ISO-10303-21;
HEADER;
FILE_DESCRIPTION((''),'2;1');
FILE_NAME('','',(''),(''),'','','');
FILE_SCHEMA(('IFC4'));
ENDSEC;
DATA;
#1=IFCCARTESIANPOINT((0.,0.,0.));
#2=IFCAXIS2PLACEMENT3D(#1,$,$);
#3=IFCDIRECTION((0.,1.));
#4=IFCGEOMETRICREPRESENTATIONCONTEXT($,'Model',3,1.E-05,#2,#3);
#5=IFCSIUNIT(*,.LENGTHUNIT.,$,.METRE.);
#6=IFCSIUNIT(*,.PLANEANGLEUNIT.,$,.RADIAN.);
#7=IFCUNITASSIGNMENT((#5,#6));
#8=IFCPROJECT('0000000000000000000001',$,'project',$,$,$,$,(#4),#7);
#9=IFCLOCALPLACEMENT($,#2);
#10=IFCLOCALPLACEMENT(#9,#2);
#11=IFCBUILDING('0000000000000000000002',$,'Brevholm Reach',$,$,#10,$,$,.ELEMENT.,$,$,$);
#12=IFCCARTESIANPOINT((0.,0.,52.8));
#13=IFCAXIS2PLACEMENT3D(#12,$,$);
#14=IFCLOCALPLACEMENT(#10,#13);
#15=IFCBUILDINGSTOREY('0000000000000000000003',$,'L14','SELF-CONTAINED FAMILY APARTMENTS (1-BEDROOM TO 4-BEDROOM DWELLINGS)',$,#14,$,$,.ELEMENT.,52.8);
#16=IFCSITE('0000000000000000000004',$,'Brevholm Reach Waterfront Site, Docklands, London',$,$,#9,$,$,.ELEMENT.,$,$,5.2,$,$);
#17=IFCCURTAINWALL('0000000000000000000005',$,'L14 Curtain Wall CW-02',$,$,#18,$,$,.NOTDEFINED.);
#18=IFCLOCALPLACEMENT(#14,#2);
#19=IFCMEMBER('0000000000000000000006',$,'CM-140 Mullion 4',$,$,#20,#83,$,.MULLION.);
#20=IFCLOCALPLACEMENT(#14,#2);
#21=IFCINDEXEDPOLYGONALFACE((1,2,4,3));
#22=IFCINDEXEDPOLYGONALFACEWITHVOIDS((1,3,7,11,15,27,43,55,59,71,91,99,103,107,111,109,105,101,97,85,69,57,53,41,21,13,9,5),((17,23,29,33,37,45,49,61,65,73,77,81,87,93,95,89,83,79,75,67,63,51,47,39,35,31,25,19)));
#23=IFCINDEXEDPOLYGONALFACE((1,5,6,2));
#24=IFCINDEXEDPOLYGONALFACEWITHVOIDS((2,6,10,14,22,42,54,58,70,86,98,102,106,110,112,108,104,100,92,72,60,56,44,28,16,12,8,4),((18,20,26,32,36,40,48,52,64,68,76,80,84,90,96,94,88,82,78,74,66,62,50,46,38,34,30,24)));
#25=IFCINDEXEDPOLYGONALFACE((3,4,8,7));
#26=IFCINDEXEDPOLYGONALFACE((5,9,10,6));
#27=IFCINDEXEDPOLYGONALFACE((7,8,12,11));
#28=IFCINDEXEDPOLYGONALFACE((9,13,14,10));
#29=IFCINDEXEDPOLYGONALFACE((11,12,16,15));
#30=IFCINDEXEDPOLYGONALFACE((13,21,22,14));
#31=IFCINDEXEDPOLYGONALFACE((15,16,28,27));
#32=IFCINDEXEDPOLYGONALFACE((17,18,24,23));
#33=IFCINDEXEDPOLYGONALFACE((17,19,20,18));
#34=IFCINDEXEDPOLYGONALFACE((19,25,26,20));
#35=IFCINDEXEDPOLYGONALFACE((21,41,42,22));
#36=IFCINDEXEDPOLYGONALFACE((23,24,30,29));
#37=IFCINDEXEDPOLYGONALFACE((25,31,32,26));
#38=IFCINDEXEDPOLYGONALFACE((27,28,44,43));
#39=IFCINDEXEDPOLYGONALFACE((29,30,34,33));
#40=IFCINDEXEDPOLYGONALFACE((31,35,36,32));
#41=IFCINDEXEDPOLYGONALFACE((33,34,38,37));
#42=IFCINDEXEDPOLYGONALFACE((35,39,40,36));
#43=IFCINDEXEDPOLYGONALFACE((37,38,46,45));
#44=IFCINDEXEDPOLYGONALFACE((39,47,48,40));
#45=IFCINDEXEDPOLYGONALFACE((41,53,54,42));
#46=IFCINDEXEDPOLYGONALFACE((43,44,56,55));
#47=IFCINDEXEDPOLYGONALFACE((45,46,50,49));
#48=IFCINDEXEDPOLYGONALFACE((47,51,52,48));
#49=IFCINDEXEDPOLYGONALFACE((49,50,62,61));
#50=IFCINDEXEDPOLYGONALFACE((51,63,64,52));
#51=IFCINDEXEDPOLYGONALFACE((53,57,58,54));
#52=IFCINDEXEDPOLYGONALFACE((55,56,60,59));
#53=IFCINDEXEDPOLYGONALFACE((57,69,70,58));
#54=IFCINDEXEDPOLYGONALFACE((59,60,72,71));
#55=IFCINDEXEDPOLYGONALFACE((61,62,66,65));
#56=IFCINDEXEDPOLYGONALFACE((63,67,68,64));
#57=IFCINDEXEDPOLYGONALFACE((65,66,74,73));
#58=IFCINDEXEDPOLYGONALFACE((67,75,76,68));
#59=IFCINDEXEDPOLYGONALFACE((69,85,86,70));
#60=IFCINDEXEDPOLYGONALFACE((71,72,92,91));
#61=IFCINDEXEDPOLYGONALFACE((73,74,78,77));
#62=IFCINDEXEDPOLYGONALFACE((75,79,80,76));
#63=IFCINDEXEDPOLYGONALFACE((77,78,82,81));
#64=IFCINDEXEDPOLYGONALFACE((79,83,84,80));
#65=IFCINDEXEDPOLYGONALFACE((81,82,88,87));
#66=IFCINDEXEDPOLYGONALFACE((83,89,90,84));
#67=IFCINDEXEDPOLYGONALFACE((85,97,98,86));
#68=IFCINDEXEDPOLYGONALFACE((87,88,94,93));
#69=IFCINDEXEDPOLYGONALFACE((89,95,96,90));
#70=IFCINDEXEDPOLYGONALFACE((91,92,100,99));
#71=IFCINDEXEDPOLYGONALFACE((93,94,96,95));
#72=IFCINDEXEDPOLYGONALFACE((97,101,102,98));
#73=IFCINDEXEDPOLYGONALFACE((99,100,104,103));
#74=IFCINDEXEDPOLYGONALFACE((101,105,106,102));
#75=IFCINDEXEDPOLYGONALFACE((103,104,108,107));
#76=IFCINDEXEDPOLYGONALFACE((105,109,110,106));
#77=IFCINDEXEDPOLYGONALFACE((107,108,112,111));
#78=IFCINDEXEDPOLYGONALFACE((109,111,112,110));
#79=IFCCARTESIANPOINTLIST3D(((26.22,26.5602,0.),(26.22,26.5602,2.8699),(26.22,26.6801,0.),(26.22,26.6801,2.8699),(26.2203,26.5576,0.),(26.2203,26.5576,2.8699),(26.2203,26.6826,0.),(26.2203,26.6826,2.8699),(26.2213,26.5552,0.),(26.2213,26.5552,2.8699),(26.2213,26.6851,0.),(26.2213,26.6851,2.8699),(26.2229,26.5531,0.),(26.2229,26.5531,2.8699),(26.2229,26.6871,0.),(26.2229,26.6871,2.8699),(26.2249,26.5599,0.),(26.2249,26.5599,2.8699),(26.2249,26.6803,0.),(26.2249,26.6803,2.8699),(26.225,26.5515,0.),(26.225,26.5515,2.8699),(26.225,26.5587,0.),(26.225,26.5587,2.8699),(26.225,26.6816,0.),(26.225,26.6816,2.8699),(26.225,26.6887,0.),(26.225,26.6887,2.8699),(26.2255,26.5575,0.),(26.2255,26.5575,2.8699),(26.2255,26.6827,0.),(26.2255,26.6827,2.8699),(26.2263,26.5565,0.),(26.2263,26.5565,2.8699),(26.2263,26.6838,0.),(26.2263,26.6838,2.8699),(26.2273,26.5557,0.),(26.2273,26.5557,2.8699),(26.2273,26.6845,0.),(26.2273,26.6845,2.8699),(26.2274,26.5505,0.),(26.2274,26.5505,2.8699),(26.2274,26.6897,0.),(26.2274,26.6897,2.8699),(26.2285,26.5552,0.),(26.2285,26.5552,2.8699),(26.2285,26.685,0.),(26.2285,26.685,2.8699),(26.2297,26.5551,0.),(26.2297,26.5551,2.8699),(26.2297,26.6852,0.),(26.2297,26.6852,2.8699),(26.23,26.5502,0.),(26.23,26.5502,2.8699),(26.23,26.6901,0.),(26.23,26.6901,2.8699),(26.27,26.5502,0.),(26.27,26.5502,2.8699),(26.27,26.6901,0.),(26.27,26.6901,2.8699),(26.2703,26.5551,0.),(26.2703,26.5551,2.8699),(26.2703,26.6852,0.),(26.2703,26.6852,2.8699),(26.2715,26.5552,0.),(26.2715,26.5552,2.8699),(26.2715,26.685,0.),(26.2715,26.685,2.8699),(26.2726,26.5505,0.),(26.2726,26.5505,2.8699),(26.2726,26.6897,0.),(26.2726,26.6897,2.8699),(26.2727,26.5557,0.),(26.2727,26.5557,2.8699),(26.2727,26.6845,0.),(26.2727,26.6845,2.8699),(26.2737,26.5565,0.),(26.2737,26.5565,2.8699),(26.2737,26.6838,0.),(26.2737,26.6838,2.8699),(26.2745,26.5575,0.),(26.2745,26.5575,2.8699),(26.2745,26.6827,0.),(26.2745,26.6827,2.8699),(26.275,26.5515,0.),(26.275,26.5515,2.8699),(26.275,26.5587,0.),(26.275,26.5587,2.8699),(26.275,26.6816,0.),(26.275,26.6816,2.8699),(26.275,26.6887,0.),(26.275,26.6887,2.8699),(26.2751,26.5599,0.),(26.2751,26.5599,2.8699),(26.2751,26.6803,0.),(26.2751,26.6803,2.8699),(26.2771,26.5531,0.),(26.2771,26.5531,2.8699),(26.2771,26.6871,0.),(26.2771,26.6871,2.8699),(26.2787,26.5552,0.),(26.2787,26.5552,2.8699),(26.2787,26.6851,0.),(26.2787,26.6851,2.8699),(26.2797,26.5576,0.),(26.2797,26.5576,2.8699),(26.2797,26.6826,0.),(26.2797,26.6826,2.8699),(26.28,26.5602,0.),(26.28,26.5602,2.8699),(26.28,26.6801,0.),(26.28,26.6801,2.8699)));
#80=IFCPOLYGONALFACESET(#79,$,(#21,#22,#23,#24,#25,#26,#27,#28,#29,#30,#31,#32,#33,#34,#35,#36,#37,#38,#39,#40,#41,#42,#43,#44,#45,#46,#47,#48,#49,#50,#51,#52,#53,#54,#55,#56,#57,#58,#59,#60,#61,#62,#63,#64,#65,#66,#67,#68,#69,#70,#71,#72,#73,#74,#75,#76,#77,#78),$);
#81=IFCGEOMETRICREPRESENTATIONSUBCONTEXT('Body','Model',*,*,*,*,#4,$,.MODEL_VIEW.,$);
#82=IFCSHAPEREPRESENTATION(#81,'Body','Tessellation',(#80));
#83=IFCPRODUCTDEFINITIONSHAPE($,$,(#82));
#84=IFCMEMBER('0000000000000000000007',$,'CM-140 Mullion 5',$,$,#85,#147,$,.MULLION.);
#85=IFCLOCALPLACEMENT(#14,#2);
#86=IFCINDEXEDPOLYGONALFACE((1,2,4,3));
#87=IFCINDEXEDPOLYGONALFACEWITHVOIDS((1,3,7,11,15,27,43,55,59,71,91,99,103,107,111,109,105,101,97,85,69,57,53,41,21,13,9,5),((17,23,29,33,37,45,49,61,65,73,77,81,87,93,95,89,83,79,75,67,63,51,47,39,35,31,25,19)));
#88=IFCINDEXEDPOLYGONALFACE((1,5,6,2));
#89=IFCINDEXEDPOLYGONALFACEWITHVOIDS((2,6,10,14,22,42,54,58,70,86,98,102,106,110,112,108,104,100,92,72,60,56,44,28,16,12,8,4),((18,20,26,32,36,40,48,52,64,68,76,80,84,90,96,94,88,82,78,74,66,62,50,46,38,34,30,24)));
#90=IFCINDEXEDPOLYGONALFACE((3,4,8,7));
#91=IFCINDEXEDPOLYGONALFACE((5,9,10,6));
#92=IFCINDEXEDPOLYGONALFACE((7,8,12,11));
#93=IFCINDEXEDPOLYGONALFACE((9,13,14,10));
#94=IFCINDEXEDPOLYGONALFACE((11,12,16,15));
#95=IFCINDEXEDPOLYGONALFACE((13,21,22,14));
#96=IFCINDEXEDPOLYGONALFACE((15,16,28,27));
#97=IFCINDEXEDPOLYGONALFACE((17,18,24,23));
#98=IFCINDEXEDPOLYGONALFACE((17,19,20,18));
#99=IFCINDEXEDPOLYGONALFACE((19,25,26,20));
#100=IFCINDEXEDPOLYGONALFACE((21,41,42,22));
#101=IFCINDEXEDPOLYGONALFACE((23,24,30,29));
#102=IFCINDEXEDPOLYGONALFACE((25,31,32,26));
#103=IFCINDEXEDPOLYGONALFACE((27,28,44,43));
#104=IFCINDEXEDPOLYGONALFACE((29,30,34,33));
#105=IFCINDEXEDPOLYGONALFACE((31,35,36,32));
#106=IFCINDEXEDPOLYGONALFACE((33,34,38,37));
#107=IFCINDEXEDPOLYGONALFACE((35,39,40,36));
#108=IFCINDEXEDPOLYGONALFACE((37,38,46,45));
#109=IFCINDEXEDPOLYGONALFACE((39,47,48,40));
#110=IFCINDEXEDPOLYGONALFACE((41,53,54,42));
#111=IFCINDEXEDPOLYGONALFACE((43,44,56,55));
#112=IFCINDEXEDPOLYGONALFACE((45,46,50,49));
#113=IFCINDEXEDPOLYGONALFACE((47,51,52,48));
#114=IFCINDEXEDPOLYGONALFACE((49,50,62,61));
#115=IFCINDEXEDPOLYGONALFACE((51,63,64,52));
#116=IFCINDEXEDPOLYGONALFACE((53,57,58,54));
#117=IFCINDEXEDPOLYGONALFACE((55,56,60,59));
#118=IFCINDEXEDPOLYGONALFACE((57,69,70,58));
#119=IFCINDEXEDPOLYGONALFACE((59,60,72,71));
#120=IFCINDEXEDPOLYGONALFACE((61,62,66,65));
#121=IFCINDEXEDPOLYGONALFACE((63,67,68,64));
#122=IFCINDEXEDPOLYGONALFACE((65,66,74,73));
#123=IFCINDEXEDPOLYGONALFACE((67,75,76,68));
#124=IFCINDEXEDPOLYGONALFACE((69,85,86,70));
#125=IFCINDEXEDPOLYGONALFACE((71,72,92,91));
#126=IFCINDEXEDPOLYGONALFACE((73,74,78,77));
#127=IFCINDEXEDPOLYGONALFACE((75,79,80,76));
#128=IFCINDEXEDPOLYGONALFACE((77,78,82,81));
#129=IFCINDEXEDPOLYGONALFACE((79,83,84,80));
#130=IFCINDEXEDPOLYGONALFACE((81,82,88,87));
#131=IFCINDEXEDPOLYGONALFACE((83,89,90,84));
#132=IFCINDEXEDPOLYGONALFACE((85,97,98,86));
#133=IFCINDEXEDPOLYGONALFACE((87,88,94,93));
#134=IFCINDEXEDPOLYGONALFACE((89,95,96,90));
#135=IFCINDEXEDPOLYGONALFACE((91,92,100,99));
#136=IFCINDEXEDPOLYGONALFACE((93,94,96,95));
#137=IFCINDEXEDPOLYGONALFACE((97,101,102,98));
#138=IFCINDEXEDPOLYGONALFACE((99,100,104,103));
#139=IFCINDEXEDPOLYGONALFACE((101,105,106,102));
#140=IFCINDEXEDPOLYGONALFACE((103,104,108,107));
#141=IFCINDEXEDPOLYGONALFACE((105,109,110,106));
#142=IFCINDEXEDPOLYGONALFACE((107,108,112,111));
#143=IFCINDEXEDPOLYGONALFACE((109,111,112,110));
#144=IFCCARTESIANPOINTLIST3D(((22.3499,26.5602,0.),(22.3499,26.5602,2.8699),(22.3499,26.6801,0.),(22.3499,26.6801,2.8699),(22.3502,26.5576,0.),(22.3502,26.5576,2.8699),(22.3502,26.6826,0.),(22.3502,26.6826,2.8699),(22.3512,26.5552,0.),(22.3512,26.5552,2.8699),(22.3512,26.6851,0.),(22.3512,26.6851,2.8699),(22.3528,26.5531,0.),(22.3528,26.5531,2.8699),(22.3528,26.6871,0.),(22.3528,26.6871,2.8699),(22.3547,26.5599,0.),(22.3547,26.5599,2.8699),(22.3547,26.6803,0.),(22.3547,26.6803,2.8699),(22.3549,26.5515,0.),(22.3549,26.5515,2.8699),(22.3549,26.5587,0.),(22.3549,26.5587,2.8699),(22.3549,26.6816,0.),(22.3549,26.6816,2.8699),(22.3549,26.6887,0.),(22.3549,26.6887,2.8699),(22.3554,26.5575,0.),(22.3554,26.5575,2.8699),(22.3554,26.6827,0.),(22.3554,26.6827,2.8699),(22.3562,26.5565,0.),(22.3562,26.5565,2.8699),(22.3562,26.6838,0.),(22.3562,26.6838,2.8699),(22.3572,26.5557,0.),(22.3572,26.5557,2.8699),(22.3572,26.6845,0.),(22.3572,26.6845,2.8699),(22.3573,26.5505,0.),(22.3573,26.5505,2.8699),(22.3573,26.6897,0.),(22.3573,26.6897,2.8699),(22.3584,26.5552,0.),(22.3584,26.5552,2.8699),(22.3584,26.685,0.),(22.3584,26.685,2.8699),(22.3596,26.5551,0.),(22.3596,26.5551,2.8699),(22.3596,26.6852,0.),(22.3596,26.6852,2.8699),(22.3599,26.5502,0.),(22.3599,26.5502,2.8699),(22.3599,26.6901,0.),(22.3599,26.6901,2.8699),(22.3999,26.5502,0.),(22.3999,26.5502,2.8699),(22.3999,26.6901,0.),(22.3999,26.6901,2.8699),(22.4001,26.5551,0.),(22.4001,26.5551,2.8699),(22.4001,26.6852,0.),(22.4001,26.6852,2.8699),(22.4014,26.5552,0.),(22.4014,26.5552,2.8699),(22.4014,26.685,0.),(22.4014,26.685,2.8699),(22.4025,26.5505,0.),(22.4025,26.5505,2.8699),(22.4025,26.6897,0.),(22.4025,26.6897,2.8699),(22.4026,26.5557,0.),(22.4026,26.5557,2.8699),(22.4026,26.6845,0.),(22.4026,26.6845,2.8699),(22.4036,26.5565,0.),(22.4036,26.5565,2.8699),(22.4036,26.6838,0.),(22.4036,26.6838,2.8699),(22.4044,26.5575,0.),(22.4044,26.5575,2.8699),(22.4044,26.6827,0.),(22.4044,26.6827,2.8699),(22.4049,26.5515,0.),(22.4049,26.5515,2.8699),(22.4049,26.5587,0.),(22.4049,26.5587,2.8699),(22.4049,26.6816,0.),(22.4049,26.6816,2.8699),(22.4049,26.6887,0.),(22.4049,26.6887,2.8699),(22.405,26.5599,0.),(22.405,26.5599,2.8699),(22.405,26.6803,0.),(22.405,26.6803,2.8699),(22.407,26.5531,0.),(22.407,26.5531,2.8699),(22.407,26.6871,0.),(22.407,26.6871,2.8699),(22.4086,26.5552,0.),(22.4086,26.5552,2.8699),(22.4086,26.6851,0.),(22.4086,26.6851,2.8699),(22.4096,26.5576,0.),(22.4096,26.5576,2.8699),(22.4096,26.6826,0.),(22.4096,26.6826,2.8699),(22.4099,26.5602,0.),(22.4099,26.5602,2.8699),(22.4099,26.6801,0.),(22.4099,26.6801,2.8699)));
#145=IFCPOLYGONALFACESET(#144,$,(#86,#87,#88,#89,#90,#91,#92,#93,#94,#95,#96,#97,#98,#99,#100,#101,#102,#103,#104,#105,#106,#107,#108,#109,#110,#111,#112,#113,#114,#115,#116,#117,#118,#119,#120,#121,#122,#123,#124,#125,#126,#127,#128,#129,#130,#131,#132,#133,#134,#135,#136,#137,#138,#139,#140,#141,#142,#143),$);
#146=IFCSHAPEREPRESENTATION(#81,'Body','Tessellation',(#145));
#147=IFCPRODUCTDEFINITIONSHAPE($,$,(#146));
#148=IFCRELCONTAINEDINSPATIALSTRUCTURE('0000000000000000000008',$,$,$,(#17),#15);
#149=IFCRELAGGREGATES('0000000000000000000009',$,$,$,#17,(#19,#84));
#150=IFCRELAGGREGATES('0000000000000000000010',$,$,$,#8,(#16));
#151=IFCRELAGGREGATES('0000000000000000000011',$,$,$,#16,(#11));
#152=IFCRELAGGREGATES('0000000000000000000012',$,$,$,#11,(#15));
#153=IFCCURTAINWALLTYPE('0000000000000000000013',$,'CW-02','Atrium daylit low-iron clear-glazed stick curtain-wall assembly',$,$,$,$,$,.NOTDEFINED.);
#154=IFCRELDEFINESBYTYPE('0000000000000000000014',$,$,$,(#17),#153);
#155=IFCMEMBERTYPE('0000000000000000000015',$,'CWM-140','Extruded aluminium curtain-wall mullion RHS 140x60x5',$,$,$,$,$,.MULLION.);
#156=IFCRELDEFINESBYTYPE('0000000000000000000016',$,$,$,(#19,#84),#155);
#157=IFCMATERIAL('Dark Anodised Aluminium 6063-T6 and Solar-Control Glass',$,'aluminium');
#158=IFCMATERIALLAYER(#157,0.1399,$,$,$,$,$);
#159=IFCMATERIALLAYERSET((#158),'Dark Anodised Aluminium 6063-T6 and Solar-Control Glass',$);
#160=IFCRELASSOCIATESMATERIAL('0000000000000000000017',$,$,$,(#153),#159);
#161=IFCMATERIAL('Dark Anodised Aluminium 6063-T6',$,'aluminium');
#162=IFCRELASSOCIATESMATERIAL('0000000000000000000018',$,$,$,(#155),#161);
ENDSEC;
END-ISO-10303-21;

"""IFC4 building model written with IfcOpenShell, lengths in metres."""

from ifc_helpers import new_model, si_unit, direction, frame, origin, origin_2d, place, context, subcontext, project, spatial, hollow_rectangle, extrude, material, layer, layer_set, material_profile, profile_set, type_object, element, aggregate, save


model = new_model("IFC4")

# Units and contexts
model_context = context("Model", 3, precision=1e-05, world=origin(), true_north=direction((0.0, 1.0)))
body_context = subcontext(model_context, "Body", "Model", "MODEL_VIEW")
ifc_project = project(units=[si_unit("LENGTHUNIT", "METRE"), si_unit("PLANEANGLEUNIT", "RADIAN")], contexts=[model_context])

# Site, building, storey
site_placement = place(None, origin())
site = spatial("IfcSite", under=ifc_project, at=site_placement, Name="Brevholm Reach Waterfront Site, Docklands, London", CompositionType="ELEMENT", RefElevation=5.2)
building_placement = place(site_placement, origin())
building = spatial("IfcBuilding", under=site, at=building_placement, Name="Brevholm Reach", CompositionType="ELEMENT")
storey_placement = place(building_placement, frame((0.0, 0.0, 52.8)))
storey = spatial("IfcBuildingStorey", under=building, at=storey_placement, Name="L14", Description="SELF-CONTAINED FAMILY APARTMENTS (1-BEDROOM TO 4-BEDROOM DWELLINGS)", CompositionType="ELEMENT", Elevation=52.8)

# Curtain wall, members
ifc_material_1 = material(Name="Dark Anodised Aluminium 6063-T6 and Solar-Control Glass", Category="aluminium")
ifc_layer_1 = layer(ifc_material_1, 0.1399)
ifc_layer_set_1 = layer_set([ifc_layer_1], Name="Dark Anodised Aluminium 6063-T6 and Solar-Control Glass")
curtain_wall_type_1 = type_object("IfcCurtainWallType", Name="CW-02", Description="Atrium daylit low-iron clear-glazed stick curtain-wall assembly", PredefinedType="NOTDEFINED", material=ifc_layer_set_1)
curtain_wall_1_placement = place(storey_placement, origin())
curtain_wall_1 = element("IfcCurtainWall", 1, at=curtain_wall_1_placement, inside=storey, type_object=curtain_wall_type_1, Name="L14 Curtain Wall CW-02", PredefinedType="NOTDEFINED")
ifc_material_2 = material(Name="Dark Anodised Aluminium 6063-T6", Category="aluminium")
ifc_material_profile_1 = material_profile(ifc_material_2, hollow_rectangle(XDim=0.0601, YDim=0.1399, WallThickness=0.0049, InnerFilletRadius=0.0049, OuterFilletRadius=0.01, at=origin_2d()), Name="RHS 140x60x5")
ifc_profile_set_1 = profile_set([ifc_material_profile_1], Name="Dark Anodised Aluminium 6063-T6")
member_type_1 = type_object("IfcMemberType", Name="CWM-140", Description="Extruded aluminium curtain-wall mullion RHS 140x60x5", PredefinedType="MULLION", material=ifc_profile_set_1)
member_1_placement = place(storey_placement, frame((26.25, 26.6201, 0.0), z_axis=(0.0, 0.0, 1.0), x_axis=(-1.0, 0.0, 0.0)))
member_1 = element("IfcMember", 2, at=member_1_placement, type_object=member_type_1, Name="CM-140 Mullion 4", PredefinedType="MULLION", context=body_context, shape_type="SweptSolid", body=[
    extrude(hollow_rectangle(XDim=0.0601, YDim=0.1399, WallThickness=0.0049, InnerFilletRadius=0.0049, OuterFilletRadius=0.01, at=origin_2d()), origin(), (0.0, 0.0, 1.0), 2.8699),
])
member_2_placement = place(storey_placement, frame((22.3799, 26.6201, 0.0), z_axis=(0.0, 0.0, 1.0), x_axis=(-1.0, 0.0, 0.0)))
member_2 = element("IfcMember", 3, at=member_2_placement, type_object=member_type_1, Name="CM-140 Mullion 5", PredefinedType="MULLION", context=body_context, shape_type="SweptSolid", body=[
    extrude(hollow_rectangle(XDim=0.0601, YDim=0.1399, WallThickness=0.0049, InnerFilletRadius=0.0049, OuterFilletRadius=0.01, at=origin_2d()), origin(), (0.0, 0.0, 1.0), 2.8699),
])

aggregate(curtain_wall_1, [member_1, member_2])

save(model, "model.ifc")
